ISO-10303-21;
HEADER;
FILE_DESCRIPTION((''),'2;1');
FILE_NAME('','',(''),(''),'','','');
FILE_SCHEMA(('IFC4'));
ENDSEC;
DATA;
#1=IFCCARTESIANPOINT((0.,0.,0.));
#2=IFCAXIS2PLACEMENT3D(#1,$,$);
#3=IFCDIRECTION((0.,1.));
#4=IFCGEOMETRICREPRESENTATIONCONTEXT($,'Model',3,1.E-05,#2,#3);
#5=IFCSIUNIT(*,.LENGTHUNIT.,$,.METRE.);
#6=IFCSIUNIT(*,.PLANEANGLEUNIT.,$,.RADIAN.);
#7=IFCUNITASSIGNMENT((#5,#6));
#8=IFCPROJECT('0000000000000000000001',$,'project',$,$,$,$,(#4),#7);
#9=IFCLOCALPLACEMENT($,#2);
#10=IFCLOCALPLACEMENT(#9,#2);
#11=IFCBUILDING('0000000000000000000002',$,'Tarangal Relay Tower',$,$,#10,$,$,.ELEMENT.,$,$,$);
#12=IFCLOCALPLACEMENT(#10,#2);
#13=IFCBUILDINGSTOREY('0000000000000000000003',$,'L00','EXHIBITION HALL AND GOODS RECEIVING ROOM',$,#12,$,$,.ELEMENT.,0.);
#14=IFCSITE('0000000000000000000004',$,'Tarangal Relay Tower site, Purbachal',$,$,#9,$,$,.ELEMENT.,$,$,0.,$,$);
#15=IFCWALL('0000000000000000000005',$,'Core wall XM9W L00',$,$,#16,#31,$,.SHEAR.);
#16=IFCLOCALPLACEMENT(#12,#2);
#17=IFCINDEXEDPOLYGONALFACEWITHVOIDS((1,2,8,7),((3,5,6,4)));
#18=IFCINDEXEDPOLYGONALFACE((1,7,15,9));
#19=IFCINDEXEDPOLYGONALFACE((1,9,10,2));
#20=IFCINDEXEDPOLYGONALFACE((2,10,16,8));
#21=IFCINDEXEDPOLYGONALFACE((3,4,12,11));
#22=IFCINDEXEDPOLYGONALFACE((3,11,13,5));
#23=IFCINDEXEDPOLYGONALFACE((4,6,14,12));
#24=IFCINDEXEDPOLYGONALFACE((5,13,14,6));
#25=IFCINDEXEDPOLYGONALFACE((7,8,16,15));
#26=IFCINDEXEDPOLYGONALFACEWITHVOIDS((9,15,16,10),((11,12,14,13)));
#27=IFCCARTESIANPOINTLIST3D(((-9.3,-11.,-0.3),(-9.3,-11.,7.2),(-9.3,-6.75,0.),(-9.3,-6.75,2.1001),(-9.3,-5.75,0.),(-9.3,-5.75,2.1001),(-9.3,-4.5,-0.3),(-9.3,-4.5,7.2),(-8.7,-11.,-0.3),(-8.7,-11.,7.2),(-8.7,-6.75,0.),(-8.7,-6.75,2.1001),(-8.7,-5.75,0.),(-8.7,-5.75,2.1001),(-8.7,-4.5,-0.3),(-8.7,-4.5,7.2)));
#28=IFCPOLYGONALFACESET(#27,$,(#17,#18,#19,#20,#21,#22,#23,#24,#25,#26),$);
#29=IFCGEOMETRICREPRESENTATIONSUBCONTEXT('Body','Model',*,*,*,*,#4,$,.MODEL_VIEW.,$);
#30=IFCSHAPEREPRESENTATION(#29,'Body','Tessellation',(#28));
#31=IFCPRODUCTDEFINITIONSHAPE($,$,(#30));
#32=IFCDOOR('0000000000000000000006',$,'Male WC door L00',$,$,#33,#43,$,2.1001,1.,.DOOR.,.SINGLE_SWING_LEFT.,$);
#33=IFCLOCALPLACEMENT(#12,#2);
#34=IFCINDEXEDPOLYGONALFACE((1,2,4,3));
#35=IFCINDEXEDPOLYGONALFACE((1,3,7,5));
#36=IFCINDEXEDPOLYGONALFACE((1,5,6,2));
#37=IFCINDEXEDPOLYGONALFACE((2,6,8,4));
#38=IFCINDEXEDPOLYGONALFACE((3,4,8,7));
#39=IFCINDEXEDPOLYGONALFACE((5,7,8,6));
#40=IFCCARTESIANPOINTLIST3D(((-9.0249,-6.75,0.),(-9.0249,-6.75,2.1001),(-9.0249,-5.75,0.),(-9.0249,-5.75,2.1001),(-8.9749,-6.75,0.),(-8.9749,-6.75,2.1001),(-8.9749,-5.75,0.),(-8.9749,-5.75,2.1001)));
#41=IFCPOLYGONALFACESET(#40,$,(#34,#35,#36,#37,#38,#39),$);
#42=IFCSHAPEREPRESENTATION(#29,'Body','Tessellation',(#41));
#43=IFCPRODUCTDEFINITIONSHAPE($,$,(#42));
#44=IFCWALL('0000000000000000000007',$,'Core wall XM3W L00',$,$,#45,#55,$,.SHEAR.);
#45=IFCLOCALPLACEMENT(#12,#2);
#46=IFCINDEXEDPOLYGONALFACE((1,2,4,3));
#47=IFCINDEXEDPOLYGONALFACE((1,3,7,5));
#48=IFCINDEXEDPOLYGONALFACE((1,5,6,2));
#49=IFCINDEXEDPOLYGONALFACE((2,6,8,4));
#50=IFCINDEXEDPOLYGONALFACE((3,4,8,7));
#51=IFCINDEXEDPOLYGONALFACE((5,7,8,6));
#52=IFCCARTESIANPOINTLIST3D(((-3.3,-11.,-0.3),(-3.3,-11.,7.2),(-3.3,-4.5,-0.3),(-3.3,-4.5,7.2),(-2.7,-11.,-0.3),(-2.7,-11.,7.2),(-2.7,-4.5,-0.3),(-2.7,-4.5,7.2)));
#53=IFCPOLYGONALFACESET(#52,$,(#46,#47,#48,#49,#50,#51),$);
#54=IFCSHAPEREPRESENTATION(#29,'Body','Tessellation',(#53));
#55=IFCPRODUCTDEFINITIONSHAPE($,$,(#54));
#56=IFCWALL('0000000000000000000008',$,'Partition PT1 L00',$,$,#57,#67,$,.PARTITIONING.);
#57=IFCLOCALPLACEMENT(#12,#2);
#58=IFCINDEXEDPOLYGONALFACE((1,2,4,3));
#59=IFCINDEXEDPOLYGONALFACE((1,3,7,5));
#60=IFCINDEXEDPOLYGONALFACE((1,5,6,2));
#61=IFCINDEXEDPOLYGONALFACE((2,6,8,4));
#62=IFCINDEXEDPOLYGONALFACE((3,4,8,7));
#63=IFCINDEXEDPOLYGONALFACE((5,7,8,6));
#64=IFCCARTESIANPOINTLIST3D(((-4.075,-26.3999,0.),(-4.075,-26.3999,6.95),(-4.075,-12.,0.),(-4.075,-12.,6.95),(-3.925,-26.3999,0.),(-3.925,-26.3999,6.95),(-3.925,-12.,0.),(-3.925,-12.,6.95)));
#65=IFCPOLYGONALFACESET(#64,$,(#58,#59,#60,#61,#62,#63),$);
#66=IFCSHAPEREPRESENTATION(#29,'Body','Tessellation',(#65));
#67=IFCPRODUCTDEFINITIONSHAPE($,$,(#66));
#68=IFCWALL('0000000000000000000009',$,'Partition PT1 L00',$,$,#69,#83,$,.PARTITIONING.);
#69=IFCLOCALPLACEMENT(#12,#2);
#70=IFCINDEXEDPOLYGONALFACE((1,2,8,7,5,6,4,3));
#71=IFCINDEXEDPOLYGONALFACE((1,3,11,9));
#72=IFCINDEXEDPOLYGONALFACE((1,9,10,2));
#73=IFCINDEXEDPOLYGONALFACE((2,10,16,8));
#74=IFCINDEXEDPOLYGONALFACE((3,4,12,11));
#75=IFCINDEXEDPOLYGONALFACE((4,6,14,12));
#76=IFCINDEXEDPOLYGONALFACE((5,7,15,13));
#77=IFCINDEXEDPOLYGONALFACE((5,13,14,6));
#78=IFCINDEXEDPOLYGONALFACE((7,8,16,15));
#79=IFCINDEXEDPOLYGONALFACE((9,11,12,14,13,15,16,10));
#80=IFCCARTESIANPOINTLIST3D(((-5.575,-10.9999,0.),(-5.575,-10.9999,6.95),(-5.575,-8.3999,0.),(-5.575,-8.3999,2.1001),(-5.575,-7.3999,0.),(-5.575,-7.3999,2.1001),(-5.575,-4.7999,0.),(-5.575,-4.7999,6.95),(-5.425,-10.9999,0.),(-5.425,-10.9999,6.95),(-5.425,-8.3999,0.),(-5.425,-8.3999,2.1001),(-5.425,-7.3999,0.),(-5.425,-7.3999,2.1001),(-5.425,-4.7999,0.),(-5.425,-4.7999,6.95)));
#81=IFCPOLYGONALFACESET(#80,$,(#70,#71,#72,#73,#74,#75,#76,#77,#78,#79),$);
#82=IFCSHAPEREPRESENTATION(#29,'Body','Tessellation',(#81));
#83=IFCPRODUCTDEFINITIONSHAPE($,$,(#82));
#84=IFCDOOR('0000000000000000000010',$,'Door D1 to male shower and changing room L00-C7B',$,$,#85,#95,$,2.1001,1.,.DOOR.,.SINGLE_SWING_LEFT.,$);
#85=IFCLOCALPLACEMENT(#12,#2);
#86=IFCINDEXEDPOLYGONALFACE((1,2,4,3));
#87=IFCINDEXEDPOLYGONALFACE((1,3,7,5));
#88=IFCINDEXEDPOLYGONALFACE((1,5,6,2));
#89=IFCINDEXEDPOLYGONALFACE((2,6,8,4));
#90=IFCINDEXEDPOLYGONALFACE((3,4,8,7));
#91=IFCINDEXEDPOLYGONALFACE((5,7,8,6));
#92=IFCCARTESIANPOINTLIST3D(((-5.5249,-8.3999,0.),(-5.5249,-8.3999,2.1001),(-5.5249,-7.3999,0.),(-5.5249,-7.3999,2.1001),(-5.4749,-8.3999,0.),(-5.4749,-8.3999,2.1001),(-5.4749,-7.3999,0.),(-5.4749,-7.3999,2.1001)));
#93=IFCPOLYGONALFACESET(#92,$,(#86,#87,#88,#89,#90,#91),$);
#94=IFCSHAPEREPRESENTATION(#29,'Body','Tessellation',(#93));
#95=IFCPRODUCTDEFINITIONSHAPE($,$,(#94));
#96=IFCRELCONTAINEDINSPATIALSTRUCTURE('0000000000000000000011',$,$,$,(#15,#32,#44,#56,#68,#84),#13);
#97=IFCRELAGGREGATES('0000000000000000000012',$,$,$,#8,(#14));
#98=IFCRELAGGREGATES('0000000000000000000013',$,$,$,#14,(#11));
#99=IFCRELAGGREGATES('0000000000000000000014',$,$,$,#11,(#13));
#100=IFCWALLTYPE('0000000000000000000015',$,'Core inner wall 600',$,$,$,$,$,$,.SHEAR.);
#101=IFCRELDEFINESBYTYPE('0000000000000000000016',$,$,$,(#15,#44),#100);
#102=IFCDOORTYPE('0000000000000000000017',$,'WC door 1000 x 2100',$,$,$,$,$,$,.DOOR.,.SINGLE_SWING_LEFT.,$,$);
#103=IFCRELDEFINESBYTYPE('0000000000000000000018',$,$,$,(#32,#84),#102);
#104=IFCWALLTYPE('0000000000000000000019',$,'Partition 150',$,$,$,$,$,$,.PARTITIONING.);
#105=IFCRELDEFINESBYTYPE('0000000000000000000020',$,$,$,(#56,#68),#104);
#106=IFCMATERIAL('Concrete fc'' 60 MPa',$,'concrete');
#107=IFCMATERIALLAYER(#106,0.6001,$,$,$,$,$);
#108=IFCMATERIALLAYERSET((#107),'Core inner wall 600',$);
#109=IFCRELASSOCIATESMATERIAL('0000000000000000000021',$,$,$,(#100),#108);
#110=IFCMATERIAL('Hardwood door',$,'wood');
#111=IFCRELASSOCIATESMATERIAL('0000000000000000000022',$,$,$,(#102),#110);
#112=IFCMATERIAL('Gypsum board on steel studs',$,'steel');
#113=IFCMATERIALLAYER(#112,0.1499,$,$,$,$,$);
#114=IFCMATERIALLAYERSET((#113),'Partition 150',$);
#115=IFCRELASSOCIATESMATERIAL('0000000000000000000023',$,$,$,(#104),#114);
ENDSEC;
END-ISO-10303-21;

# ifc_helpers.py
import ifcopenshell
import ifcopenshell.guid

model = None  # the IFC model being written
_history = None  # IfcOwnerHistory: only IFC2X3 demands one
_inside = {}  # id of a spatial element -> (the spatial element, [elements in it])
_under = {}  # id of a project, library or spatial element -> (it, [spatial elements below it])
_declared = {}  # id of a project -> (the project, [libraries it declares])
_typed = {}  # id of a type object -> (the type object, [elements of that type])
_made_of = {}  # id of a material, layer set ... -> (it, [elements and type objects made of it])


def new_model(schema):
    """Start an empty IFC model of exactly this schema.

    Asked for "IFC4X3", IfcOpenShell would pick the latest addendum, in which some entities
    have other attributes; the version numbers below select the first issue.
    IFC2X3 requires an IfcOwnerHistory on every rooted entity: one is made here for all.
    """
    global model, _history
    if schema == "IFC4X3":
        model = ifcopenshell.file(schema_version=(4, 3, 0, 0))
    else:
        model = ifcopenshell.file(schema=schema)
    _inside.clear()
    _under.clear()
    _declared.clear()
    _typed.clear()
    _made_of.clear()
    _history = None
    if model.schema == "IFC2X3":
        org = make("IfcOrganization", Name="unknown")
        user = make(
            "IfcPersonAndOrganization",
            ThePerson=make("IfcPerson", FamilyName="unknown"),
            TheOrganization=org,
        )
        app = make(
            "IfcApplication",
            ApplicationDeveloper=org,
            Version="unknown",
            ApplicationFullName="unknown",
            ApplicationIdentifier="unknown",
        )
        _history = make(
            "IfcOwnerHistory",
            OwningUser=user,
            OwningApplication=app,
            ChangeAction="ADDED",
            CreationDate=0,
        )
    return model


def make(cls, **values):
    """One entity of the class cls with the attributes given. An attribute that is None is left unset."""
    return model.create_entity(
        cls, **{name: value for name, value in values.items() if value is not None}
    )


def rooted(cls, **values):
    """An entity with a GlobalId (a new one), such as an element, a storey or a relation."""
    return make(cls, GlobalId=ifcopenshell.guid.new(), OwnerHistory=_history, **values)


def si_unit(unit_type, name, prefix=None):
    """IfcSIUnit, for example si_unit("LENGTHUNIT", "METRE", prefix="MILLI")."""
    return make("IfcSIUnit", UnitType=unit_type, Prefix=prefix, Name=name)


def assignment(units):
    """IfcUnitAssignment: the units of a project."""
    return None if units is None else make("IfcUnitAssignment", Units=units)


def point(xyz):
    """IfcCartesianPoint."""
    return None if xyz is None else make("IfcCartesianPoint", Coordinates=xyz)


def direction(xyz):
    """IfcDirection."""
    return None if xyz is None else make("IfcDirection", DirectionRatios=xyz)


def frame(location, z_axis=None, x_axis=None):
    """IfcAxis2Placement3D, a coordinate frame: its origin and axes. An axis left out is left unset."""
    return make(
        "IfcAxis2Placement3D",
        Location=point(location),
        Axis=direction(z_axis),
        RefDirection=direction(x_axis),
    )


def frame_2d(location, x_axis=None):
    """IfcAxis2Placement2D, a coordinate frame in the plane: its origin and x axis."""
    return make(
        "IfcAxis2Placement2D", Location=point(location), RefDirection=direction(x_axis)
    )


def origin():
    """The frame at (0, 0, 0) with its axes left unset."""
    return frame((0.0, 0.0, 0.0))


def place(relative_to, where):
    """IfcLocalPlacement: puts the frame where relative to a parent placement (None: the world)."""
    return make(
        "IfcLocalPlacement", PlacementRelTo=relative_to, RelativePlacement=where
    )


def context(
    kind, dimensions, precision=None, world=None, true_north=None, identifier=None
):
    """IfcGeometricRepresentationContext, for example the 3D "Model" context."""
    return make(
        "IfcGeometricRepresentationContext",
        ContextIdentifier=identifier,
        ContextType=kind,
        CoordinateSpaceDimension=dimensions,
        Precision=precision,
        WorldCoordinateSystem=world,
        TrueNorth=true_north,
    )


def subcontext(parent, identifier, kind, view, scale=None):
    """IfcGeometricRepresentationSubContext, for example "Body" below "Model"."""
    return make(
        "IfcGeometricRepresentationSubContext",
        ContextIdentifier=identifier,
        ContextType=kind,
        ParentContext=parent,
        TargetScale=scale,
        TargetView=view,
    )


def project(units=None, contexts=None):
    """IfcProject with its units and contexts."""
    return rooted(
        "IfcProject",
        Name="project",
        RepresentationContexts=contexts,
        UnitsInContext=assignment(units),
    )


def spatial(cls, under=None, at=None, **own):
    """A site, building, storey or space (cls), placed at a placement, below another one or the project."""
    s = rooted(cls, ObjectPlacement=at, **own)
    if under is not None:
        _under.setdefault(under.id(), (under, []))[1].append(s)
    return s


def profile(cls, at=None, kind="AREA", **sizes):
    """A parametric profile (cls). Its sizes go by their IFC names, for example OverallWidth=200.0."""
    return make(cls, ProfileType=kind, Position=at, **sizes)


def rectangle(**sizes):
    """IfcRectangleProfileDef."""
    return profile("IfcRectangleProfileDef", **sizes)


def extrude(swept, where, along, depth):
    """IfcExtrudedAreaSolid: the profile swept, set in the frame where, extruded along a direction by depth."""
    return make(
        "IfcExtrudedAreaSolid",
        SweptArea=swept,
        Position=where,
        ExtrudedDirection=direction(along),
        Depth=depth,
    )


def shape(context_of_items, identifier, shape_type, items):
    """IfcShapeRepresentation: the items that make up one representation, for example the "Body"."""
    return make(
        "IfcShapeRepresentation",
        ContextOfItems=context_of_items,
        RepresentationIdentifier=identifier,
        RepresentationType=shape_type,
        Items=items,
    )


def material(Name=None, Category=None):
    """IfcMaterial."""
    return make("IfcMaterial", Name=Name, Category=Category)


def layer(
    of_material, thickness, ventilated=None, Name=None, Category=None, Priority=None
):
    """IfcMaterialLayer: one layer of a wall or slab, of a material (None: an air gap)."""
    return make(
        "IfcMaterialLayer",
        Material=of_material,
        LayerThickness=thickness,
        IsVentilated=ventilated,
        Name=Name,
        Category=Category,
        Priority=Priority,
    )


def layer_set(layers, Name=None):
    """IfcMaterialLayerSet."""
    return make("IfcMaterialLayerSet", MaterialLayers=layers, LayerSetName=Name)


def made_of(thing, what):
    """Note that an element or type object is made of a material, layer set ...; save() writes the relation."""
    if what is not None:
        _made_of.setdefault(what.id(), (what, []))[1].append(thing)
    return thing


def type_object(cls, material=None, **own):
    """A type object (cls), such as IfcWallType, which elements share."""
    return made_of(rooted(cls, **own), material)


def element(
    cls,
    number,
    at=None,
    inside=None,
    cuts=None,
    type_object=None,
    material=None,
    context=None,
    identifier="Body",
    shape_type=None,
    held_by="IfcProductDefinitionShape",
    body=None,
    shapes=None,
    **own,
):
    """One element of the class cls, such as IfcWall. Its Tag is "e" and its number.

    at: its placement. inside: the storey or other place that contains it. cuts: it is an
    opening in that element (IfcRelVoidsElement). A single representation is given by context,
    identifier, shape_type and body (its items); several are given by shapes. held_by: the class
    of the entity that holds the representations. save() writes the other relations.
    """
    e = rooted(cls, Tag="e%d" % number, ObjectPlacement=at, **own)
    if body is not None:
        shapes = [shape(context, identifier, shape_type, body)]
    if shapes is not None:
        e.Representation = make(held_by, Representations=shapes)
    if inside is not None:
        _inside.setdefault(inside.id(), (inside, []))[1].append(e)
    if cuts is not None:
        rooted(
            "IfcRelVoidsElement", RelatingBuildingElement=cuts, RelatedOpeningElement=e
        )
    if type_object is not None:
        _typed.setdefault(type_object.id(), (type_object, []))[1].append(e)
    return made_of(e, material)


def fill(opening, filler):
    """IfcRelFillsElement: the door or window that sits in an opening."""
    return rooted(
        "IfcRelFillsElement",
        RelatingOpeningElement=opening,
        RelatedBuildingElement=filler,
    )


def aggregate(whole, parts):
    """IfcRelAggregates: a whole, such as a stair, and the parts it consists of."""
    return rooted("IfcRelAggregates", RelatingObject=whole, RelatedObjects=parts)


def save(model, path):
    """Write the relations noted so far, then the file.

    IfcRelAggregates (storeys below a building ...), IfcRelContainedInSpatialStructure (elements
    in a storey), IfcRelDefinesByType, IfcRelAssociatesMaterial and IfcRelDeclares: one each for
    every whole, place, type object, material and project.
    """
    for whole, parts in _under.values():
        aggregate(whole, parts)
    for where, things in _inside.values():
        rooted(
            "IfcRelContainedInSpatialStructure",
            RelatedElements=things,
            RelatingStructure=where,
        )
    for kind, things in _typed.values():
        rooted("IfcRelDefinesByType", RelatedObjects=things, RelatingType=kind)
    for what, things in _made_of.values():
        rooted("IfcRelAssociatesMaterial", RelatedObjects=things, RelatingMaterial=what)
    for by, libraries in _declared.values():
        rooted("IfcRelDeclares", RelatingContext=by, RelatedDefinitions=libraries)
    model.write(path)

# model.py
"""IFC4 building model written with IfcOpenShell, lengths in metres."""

from ifc_helpers import new_model, si_unit, direction, frame, frame_2d, origin, place, context, subcontext, project, spatial, rectangle, extrude, material, layer, layer_set, type_object, element, fill, save


model = new_model("IFC4")

# Units and contexts
model_context = context("Model", 3, precision=1e-05, world=origin(), true_north=direction((0.0, 1.0)))
body_context = subcontext(model_context, "Body", "Model", "MODEL_VIEW")
ifc_project = project(units=[si_unit("LENGTHUNIT", "METRE"), si_unit("PLANEANGLEUNIT", "RADIAN")], contexts=[model_context])

# Site, building, storey
site_placement = place(None, origin())
site = spatial("IfcSite", under=ifc_project, at=site_placement, Name="Tarangal Relay Tower site, Purbachal", CompositionType="ELEMENT", RefElevation=0.0)
building_placement = place(site_placement, origin())
building = spatial("IfcBuilding", under=site, at=building_placement, Name="Tarangal Relay Tower", CompositionType="ELEMENT")
storey_placement = place(building_placement, origin())
storey = spatial("IfcBuildingStorey", under=building, at=storey_placement, Name="L00", Description="EXHIBITION HALL AND GOODS RECEIVING ROOM", CompositionType="ELEMENT", Elevation=0.0)

# Wall, opening, door
ifc_material_1 = material(Name="Concrete fc' 60 MPa", Category="concrete")
ifc_layer_1 = layer(ifc_material_1, 0.6001)
ifc_layer_set_1 = layer_set([ifc_layer_1], Name="Core inner wall 600")
wall_type_1 = type_object("IfcWallType", Name="Core inner wall 600", PredefinedType="SHEAR", material=ifc_layer_set_1)
wall_1_placement = place(storey_placement, frame((-9.0, -11.0, -0.3), z_axis=(0.0, 0.0, 1.0), x_axis=(0.0, 1.0, 0.0)))
wall_1 = element("IfcWall", 1, at=wall_1_placement, inside=storey, type_object=wall_type_1, Name="Core wall XM9W L00", PredefinedType="SHEAR", context=body_context, shape_type="SweptSolid", body=[
    extrude(rectangle(XDim=6.5, YDim=0.6001, at=frame_2d((3.25, 0.0))), origin(), (0.0, 0.0, 1.0), 7.5),
])
opening_1_placement = place(wall_1_placement, frame((4.25, 0.0, 0.3)))
opening_1 = element("IfcOpeningElement", 2, at=opening_1_placement, cuts=wall_1, PredefinedType="OPENING", context=body_context, shape_type="SweptSolid", body=[
    extrude(rectangle(XDim=1.0, YDim=2.1001, at=frame_2d((0.5, 1.05))), frame((0.0, 0.3101, 0.0), z_axis=(0.0, -1.0, 0.0), x_axis=(1.0, 0.0, 0.0)), (0.0, 0.0, 1.0), 0.6201),
])
ifc_material_2 = material(Name="Hardwood door", Category="wood")
door_type = type_object("IfcDoorType", Name="WC door 1000 x 2100", OperationType="SINGLE_SWING_LEFT", PredefinedType="DOOR", material=ifc_material_2)
door_1_placement = place(opening_1_placement, origin())
door_1 = element("IfcDoor", 3, at=door_1_placement, inside=storey, type_object=door_type, Name="Male WC door L00", OperationType="SINGLE_SWING_LEFT", OverallHeight=2.1001, OverallWidth=1.0, PredefinedType="DOOR", context=body_context, shape_type="SweptSolid", body=[
    extrude(rectangle(XDim=1.0, YDim=2.1001, at=frame_2d((0.5, 1.05))), frame((0.0, 0.0249, 0.0), z_axis=(0.0, -1.0, 0.0), x_axis=(1.0, 0.0, 0.0)), (0.0, 0.0, 1.0), 0.05),
])
fill(opening_1, door_1)

# Walls
wall_2_placement = place(storey_placement, frame((-3.0, -11.0, -0.3), z_axis=(0.0, 0.0, 1.0), x_axis=(0.0, 1.0, 0.0)))
element("IfcWall", 4, at=wall_2_placement, inside=storey, type_object=wall_type_1, Name="Core wall XM3W L00", PredefinedType="SHEAR", context=body_context, shape_type="SweptSolid", body=[
    extrude(rectangle(XDim=6.5, YDim=0.6001, at=frame_2d((3.25, 0.0))), origin(), (0.0, 0.0, 1.0), 7.5),
])
ifc_material_3 = material(Name="Gypsum board on steel studs", Category="steel")
ifc_layer_2 = layer(ifc_material_3, 0.1499)
ifc_layer_set_2 = layer_set([ifc_layer_2], Name="Partition 150")
wall_type_2 = type_object("IfcWallType", Name="Partition 150", PredefinedType="PARTITIONING", material=ifc_layer_set_2)
wall_3_placement = place(storey_placement, frame((-4.0, -12.0, 0.0), z_axis=(0.0, 0.0, 1.0), x_axis=(0.0, -1.0, 0.0)))
element("IfcWall", 5, at=wall_3_placement, inside=storey, type_object=wall_type_2, Name="Partition PT1 L00", PredefinedType="PARTITIONING", context=body_context, shape_type="SweptSolid", body=[
    extrude(rectangle(XDim=14.3999, YDim=0.1499, at=frame_2d((7.2, 0.0))), origin(), (0.0, 0.0, 1.0), 6.95),
])

# Wall, opening, door
wall_4_placement = place(storey_placement, frame((-5.5, -11.0, 0.0), z_axis=(0.0, 0.0, 1.0), x_axis=(0.0, 1.0, 0.0)))
wall_4 = element("IfcWall", 6, at=wall_4_placement, inside=storey, type_object=wall_type_2, Name="Partition PT1 L00", PredefinedType="PARTITIONING", context=body_context, shape_type="SweptSolid", body=[
    extrude(rectangle(XDim=6.2, YDim=0.1499, at=frame_2d((3.1001, 0.0))), origin(), (0.0, 0.0, 1.0), 6.95),
])
opening_2_placement = place(wall_4_placement, frame((2.6001, 0.0, 0.0)))
opening_2 = element("IfcOpeningElement", 7, at=opening_2_placement, cuts=wall_4, PredefinedType="OPENING", context=body_context, shape_type="SweptSolid", body=[
    extrude(rectangle(XDim=1.0, YDim=2.1001, at=frame_2d((0.5, 1.05))), frame((0.0, 0.085, 0.0), z_axis=(0.0, -1.0, 0.0), x_axis=(1.0, 0.0, 0.0)), (0.0, 0.0, 1.0), 0.1699),
])
door_2_placement = place(opening_2_placement, origin())
door_2 = element("IfcDoor", 8, at=door_2_placement, inside=storey, type_object=door_type, Name="Door D1 to male shower and changing room L00-C7B", OperationType="SINGLE_SWING_LEFT", OverallHeight=2.1001, OverallWidth=1.0, PredefinedType="DOOR", context=body_context, shape_type="SweptSolid", body=[
    extrude(rectangle(XDim=1.0, YDim=2.1001, at=frame_2d((0.5, 1.05))), frame((0.0, 0.0249, 0.0), z_axis=(0.0, -1.0, 0.0), x_axis=(1.0, 0.0, 0.0)), (0.0, 0.0, 1.0), 0.05),
])
fill(opening_2, door_2)

save(model, "model.ifc")
